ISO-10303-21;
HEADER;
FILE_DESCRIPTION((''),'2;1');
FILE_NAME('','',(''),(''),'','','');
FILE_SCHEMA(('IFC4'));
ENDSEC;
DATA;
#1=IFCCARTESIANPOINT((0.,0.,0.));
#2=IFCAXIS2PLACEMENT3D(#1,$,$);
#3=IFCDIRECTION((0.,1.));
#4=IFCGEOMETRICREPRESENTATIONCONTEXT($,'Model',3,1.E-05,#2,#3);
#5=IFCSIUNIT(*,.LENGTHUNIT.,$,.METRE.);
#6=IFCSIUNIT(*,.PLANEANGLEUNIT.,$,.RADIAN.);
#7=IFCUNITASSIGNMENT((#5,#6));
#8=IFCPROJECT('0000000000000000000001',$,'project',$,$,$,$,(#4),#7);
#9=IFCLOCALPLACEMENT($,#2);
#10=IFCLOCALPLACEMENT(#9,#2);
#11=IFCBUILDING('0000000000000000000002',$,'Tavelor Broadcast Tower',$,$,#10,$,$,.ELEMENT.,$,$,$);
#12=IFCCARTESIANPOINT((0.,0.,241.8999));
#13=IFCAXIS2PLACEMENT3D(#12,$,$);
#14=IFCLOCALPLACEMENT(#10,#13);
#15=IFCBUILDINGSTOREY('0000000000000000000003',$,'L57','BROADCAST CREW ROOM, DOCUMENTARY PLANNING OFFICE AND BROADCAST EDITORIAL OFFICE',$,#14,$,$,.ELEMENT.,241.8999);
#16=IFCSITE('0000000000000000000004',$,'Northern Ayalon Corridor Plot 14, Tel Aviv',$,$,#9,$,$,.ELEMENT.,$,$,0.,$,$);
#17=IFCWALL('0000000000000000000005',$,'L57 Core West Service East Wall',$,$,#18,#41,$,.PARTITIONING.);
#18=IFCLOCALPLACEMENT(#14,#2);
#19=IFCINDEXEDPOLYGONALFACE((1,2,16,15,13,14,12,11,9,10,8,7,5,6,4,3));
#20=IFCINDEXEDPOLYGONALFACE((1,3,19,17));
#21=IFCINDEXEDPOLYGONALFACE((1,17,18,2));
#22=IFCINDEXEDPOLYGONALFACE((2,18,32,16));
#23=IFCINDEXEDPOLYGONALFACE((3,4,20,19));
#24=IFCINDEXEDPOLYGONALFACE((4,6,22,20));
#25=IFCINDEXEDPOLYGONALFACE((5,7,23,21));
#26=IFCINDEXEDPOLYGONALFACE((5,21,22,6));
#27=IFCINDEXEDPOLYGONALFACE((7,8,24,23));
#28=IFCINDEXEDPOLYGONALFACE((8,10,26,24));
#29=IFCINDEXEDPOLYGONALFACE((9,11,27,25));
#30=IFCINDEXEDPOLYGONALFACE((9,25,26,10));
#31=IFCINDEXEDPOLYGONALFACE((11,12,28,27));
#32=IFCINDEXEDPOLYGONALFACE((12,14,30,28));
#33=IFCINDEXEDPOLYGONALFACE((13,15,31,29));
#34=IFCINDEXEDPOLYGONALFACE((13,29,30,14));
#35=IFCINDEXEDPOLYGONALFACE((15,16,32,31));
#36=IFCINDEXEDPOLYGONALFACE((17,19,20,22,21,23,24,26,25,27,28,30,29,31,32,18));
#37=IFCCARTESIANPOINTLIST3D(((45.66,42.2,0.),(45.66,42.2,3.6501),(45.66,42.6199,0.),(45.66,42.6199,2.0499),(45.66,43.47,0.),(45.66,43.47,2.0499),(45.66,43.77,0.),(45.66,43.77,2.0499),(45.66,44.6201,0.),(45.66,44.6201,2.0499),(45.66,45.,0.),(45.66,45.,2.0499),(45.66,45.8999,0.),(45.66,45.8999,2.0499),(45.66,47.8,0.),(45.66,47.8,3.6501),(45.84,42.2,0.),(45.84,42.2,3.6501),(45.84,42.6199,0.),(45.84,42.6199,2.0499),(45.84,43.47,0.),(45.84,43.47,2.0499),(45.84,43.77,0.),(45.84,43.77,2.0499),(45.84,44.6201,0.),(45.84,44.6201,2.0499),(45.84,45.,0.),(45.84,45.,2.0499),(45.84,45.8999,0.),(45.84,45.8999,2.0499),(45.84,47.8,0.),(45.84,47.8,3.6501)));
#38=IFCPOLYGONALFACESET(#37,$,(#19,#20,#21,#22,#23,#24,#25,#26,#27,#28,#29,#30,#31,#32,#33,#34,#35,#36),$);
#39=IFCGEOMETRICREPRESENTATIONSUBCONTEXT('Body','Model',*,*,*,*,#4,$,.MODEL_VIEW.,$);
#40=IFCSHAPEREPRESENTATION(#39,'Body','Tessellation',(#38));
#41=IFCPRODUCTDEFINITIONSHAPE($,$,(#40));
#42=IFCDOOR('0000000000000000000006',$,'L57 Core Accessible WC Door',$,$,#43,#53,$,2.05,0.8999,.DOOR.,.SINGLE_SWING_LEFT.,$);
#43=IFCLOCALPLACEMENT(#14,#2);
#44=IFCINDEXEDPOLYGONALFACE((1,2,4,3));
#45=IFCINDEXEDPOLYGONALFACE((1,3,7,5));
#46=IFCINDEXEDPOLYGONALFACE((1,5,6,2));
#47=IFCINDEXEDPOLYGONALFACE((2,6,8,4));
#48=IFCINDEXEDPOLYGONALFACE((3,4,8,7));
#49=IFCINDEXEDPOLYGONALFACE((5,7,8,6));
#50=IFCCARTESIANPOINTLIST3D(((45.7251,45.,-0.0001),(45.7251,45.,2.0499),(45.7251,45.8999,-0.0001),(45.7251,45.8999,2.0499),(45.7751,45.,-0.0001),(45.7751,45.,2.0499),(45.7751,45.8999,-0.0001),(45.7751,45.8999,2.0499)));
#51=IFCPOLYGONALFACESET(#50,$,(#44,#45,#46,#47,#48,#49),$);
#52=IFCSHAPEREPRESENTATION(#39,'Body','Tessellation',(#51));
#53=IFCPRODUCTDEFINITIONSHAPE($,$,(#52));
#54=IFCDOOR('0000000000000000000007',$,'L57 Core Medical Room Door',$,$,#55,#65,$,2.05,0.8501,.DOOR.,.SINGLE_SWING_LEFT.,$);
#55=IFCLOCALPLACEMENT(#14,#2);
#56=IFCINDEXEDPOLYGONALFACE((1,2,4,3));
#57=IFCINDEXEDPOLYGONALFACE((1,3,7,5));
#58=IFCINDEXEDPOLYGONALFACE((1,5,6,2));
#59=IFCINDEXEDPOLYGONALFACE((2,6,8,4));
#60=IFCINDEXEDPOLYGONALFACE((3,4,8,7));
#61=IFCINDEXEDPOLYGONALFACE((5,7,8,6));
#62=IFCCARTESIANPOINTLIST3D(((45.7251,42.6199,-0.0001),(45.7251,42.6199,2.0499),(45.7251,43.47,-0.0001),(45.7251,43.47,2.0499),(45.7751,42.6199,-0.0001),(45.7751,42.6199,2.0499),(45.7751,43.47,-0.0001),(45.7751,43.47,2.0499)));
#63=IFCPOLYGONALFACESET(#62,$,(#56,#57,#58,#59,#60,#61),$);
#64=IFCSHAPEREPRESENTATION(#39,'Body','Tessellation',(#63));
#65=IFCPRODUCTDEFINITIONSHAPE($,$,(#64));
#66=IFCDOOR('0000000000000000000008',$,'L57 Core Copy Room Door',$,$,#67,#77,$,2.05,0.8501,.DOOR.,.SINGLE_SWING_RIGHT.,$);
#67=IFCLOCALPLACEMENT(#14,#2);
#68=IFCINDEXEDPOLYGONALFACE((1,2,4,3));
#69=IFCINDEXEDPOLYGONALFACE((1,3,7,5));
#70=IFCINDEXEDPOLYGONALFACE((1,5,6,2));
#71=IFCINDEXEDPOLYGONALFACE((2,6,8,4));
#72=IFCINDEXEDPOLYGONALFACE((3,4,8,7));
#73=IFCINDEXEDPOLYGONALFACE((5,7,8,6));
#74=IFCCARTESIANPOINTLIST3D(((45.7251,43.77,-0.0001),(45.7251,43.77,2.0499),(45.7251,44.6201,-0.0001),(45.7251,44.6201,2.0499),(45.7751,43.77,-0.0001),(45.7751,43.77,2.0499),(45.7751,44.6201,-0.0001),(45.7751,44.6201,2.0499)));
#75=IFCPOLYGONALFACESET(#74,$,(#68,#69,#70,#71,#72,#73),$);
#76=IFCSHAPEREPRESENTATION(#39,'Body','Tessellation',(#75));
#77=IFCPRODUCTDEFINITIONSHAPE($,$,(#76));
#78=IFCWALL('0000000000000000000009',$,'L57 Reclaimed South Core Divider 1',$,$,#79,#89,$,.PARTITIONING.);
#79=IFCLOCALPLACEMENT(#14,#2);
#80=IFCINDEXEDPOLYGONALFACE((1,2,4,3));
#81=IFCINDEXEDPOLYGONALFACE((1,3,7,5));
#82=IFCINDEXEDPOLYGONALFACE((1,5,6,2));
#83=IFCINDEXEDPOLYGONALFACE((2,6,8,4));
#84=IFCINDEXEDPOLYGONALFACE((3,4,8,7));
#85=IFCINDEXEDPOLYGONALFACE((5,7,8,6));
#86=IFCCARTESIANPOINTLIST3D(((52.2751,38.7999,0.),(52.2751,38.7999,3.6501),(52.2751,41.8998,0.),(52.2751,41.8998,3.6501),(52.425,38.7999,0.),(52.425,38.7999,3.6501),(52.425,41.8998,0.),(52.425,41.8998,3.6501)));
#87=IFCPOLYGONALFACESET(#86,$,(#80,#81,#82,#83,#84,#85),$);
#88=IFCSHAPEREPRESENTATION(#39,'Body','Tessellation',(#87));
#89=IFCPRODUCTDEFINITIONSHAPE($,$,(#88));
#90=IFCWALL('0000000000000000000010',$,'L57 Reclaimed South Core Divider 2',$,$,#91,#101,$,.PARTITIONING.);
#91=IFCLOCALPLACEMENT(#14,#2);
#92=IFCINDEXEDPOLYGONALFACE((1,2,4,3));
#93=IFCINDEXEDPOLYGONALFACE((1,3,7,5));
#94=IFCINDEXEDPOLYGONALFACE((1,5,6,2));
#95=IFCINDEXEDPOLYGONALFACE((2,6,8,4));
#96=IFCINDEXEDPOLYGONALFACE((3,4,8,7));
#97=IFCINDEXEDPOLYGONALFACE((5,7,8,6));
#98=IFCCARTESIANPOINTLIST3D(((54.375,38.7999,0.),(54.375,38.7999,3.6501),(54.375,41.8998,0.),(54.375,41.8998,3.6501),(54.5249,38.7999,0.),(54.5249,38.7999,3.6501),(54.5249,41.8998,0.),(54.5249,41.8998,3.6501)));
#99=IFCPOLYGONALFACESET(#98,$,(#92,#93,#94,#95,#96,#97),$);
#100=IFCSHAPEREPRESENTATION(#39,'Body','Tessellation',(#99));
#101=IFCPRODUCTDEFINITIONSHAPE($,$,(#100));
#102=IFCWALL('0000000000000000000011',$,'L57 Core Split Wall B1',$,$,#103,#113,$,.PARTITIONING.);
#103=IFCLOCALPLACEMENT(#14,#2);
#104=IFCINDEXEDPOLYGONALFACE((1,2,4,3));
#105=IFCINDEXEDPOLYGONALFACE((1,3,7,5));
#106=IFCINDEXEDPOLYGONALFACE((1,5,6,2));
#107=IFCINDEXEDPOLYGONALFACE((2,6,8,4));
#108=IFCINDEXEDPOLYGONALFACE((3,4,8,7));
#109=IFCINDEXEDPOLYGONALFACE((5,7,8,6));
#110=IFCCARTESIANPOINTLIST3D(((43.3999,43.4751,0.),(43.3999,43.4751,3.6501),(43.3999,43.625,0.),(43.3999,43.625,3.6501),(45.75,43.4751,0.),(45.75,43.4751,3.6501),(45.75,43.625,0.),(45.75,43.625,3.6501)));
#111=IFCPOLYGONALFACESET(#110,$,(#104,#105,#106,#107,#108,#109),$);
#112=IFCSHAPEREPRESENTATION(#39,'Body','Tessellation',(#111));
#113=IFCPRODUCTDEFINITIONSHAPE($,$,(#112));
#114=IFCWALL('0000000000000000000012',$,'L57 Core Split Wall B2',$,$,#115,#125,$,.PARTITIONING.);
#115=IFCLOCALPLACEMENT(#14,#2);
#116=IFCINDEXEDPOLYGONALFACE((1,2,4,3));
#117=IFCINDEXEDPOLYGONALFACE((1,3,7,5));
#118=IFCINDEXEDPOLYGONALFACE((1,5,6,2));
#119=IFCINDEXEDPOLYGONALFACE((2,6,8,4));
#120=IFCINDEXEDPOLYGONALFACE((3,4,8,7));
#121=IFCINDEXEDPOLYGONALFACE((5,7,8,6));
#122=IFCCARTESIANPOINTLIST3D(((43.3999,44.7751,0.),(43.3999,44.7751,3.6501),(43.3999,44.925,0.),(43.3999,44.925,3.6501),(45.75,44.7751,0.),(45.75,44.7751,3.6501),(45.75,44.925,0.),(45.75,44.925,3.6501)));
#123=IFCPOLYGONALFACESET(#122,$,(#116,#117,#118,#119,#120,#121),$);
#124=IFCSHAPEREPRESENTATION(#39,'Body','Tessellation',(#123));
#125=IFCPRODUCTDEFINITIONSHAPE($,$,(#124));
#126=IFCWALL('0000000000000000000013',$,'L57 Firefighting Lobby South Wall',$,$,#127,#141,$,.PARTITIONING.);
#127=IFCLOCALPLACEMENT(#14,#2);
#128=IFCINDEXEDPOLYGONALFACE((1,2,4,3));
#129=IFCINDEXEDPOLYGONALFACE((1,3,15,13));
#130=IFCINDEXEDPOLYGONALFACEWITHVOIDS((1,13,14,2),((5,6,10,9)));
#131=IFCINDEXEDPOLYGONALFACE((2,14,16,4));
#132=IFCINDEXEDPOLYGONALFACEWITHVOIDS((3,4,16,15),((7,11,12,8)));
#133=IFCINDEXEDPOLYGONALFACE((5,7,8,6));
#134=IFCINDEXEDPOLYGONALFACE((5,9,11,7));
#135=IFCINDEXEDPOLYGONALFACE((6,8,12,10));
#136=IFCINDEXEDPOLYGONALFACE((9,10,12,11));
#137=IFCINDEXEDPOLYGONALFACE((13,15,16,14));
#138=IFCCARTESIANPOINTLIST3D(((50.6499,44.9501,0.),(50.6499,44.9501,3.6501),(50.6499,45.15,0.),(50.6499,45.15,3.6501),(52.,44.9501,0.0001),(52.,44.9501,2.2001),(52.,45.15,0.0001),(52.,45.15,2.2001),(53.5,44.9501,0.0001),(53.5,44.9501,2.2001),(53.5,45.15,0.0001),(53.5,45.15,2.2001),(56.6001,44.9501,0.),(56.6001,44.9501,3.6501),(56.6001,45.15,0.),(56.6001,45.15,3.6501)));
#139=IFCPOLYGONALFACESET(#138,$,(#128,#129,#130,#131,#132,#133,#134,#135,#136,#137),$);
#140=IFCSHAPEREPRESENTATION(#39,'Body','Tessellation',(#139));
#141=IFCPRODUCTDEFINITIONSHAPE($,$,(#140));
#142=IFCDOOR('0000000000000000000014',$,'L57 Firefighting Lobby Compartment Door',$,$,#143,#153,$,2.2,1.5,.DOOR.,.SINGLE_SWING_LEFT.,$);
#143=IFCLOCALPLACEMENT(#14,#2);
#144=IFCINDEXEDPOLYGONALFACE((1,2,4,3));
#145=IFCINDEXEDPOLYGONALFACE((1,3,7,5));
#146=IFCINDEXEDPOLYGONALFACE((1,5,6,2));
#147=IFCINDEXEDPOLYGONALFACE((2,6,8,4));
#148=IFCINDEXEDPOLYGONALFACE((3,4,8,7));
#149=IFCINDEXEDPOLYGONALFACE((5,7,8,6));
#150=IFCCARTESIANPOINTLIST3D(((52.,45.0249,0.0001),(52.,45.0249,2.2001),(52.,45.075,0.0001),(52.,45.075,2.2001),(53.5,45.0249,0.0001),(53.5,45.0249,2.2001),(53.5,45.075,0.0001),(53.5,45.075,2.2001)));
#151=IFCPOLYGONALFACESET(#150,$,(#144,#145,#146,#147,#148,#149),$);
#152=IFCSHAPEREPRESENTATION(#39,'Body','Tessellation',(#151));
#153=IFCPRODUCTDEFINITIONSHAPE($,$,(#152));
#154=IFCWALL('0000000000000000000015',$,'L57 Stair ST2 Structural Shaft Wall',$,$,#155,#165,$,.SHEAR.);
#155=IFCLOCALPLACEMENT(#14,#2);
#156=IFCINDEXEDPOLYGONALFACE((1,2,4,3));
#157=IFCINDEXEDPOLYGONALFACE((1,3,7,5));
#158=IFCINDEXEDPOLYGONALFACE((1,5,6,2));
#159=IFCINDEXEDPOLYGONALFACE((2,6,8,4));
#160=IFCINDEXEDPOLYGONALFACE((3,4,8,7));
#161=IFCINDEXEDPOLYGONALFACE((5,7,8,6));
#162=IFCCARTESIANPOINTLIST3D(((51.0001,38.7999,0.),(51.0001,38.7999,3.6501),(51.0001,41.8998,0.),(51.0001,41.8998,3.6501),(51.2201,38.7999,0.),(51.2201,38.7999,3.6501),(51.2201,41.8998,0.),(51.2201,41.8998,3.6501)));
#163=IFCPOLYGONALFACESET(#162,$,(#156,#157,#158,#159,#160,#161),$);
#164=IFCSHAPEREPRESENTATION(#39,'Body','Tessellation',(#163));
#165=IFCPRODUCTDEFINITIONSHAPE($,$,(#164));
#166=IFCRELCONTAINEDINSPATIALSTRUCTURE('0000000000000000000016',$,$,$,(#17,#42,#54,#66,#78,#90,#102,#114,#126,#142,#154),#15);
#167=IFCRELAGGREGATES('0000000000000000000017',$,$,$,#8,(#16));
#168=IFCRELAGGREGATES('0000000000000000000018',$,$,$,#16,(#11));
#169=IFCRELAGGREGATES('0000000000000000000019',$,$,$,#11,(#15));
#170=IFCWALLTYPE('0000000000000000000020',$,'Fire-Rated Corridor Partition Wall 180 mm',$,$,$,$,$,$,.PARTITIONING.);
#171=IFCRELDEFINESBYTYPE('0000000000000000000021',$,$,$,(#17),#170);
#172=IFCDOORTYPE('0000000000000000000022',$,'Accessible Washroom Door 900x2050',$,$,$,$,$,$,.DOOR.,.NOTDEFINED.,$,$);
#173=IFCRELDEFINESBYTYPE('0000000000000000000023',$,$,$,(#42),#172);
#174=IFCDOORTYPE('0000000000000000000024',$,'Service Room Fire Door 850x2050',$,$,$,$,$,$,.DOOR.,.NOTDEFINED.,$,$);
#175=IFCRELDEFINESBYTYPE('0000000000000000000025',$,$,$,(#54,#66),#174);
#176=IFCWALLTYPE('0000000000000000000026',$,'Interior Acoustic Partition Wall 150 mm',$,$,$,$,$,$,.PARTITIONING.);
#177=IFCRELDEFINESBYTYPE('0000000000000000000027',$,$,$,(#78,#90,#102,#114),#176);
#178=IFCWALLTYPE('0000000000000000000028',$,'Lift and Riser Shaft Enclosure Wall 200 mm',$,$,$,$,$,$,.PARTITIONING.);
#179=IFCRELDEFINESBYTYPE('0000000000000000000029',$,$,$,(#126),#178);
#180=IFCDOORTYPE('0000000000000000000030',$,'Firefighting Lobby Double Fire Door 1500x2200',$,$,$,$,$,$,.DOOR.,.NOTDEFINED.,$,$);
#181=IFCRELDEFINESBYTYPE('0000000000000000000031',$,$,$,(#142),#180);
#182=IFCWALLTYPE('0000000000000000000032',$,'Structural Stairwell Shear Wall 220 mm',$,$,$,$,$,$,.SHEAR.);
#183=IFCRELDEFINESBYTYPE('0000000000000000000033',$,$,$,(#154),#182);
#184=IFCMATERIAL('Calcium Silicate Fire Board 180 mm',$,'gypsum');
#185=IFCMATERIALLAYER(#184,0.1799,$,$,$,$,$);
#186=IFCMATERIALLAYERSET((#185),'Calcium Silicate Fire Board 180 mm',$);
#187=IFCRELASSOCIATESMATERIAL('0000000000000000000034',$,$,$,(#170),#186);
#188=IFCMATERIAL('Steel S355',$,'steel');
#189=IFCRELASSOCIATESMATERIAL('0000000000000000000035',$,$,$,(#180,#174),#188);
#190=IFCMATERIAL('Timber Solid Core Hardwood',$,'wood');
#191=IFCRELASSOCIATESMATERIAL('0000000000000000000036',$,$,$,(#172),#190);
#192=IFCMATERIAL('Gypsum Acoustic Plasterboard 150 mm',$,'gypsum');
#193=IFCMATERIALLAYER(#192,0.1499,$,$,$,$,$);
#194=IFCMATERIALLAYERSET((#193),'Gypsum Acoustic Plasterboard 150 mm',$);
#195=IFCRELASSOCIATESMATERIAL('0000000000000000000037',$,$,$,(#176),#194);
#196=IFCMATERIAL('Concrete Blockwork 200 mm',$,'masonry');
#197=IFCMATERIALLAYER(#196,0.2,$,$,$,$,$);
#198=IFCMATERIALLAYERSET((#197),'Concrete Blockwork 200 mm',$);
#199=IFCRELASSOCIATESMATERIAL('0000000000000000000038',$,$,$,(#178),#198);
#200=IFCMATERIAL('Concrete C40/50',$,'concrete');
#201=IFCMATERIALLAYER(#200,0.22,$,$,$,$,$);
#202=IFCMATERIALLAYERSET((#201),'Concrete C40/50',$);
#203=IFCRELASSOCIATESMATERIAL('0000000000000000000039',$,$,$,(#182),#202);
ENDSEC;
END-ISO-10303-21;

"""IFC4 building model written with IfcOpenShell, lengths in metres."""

from ifc_helpers import new_model, si_unit, direction, frame, frame_2d, origin, place, context, subcontext, project, spatial, rectangle, extrude, material, layer, layer_set, type_object, element, fill, save


model = new_model("IFC4")

# Units and contexts
model_context = context("Model", 3, precision=1e-05, world=origin(), true_north=direction((0.0, 1.0)))
body_context = subcontext(model_context, "Body", "Model", "MODEL_VIEW")
ifc_project = project(units=[si_unit("LENGTHUNIT", "METRE"), si_unit("PLANEANGLEUNIT", "RADIAN")], contexts=[model_context])

# Site, building, storey
site_placement = place(None, origin())
site = spatial("IfcSite", under=ifc_project, at=site_placement, Name="Northern Ayalon Corridor Plot 14, Tel Aviv", CompositionType="ELEMENT", RefElevation=0.0)
building_placement = place(site_placement, origin())
building = spatial("IfcBuilding", under=site, at=building_placement, Name="Tavelor Broadcast Tower", CompositionType="ELEMENT")
storey_placement = place(building_placement, frame((0.0, 0.0, 241.8999)))
storey = spatial("IfcBuildingStorey", under=building, at=storey_placement, Name="L57", Description="BROADCAST CREW ROOM, DOCUMENTARY PLANNING OFFICE AND BROADCAST EDITORIAL OFFICE", CompositionType="ELEMENT", Elevation=241.8999)

# Shared definitions
ifc_material_1 = material(Name="Concrete C40/50", Category="concrete")
ifc_material_2 = material(Name="Steel S355", Category="steel")

# Shared definitions
ifc_material_3 = material(Name="Calcium Silicate Fire Board 180 mm", Category="gypsum")
ifc_layer_1 = layer(ifc_material_3, 0.1799)
ifc_layer_set_1 = layer_set([ifc_layer_1], Name="Calcium Silicate Fire Board 180 mm")
wall_type_1 = type_object("IfcWallType", Name="Fire-Rated Corridor Partition Wall 180 mm", PredefinedType="PARTITIONING", material=ifc_layer_set_1)
door_type_1 = type_object("IfcDoorType", Name="Firefighting Lobby Double Fire Door 1500x2200", OperationType="NOTDEFINED", PredefinedType="DOOR", material=ifc_material_2)

# Wall, openings, doors
wall_1_placement = place(storey_placement, frame((45.75, 42.2, 0.0), z_axis=(0.0, 0.0, 1.0), x_axis=(0.0, 1.0, 0.0)))
wall_1 = element("IfcWall", 1, at=wall_1_placement, inside=storey, type_object=wall_type_1, Name="L57 Core West Service East Wall", PredefinedType="PARTITIONING", context=body_context, shape_type="SweptSolid", body=[
    extrude(rectangle(XDim=5.6001, YDim=0.1799, at=frame_2d((2.8, 0.0))), origin(), (0.0, 0.0, 1.0), 3.6501),
])
opening_1_placement = place(wall_1_placement, frame((0.4199, 0.0, 0.0)))
opening_1 = element("IfcOpeningElement", 2, at=opening_1_placement, cuts=wall_1, PredefinedType="OPENING", context=body_context, shape_type="SweptSolid", body=[
    extrude(rectangle(XDim=0.8501, YDim=2.05, at=frame_2d((0.425, 1.0249))), frame((0.0, 0.1001, 0.0), z_axis=(0.0, -1.0, 0.0), x_axis=(1.0, 0.0, 0.0)), (0.0, 0.0, 1.0), 0.2),
])
opening_2_placement = place(wall_1_placement, frame((1.5701, 0.0, 0.0)))
opening_2 = element("IfcOpeningElement", 3, at=opening_2_placement, cuts=wall_1, PredefinedType="OPENING", context=body_context, shape_type="SweptSolid", body=[
    extrude(rectangle(XDim=0.8501, YDim=2.05, at=frame_2d((0.425, 1.0249))), frame((0.0, 0.1001, 0.0), z_axis=(0.0, -1.0, 0.0), x_axis=(1.0, 0.0, 0.0)), (0.0, 0.0, 1.0), 0.2),
])
opening_3_placement = place(wall_1_placement, frame((2.8, 0.0, 0.0)))
opening_3 = element("IfcOpeningElement", 4, at=opening_3_placement, cuts=wall_1, PredefinedType="OPENING", context=body_context, shape_type="SweptSolid", body=[
    extrude(rectangle(XDim=0.8999, YDim=2.05, at=frame_2d((0.45, 1.0249))), frame((0.0, 0.1001, 0.0), z_axis=(0.0, -1.0, 0.0), x_axis=(1.0, 0.0, 0.0)), (0.0, 0.0, 1.0), 0.2),
])
ifc_material_4 = material(Name="Timber Solid Core Hardwood", Category="wood")
door_type_2 = type_object("IfcDoorType", Name="Accessible Washroom Door 900x2050", OperationType="NOTDEFINED", PredefinedType="DOOR", material=ifc_material_4)
door_1_placement = place(opening_3_placement, origin())
door_1 = element("IfcDoor", 5, at=door_1_placement, inside=storey, type_object=door_type_2, Name="L57 Core Accessible WC Door", OperationType="SINGLE_SWING_LEFT", OverallHeight=2.05, OverallWidth=0.8999, PredefinedType="DOOR", context=body_context, shape_type="SweptSolid", body=[
    extrude(rectangle(XDim=0.8999, YDim=2.05, at=frame_2d((0.45, 1.0249))), frame((0.0, 0.0249, 0.0), z_axis=(0.0, -1.0, 0.0), x_axis=(1.0, 0.0, 0.0)), (0.0, 0.0, 1.0), 0.05),
])
fill(opening_3, door_1)
door_type_3 = type_object("IfcDoorType", Name="Service Room Fire Door 850x2050", OperationType="NOTDEFINED", PredefinedType="DOOR", material=ifc_material_2)
door_2_placement = place(opening_1_placement, origin())
door_2 = element("IfcDoor", 6, at=door_2_placement, inside=storey, type_object=door_type_3, Name="L57 Core Medical Room Door", OperationType="SINGLE_SWING_LEFT", OverallHeight=2.05, OverallWidth=0.8501, PredefinedType="DOOR", context=body_context, shape_type="SweptSolid", body=[
    extrude(rectangle(XDim=0.8501, YDim=2.05, at=frame_2d((0.425, 1.0249))), frame((0.0, 0.0249, 0.0), z_axis=(0.0, -1.0, 0.0), x_axis=(1.0, 0.0, 0.0)), (0.0, 0.0, 1.0), 0.05),
])
fill(opening_1, door_2)
door_3_placement = place(opening_2_placement, origin())
door_3 = element("IfcDoor", 7, at=door_3_placement, inside=storey, type_object=door_type_3, Name="L57 Core Copy Room Door", OperationType="SINGLE_SWING_RIGHT", OverallHeight=2.05, OverallWidth=0.8501, PredefinedType="DOOR", context=body_context, shape_type="SweptSolid", body=[
    extrude(rectangle(XDim=0.8501, YDim=2.05, at=frame_2d((0.425, 1.0249))), frame((0.0, 0.0249, 0.0), z_axis=(0.0, -1.0, 0.0), x_axis=(1.0, 0.0, 0.0)), (0.0, 0.0, 1.0), 0.05),
])
fill(opening_2, door_3)

# Walls
ifc_material_5 = material(Name="Gypsum Acoustic Plasterboard 150 mm", Category="gypsum")
ifc_layer_2 = layer(ifc_material_5, 0.1499)
ifc_layer_set_2 = layer_set([ifc_layer_2], Name="Gypsum Acoustic Plasterboard 150 mm")
wall_type_2 = type_object("IfcWallType", Name="Interior Acoustic Partition Wall 150 mm", PredefinedType="PARTITIONING", material=ifc_layer_set_2)
for number, where, z_axis, x_axis, name in (
    (8, (52.3501, 38.8, 0.0), (0.0, 0.0, 1.0), (0.0, 1.0, 0.0), "L57 Reclaimed South Core Divider 1"),
    (9, (54.45, 38.8, 0.0), (0.0, 0.0, 1.0), (0.0, 1.0, 0.0), "L57 Reclaimed South Core Divider 2"),
):
    element("IfcWall", number, at=place(storey_placement, frame(where, z_axis=z_axis, x_axis=x_axis)), inside=storey, type_object=wall_type_2, Name=name, PredefinedType="PARTITIONING", context=body_context, shape_type="SweptSolid", body=[
        extrude(rectangle(XDim=3.0999, YDim=0.1499, at=frame_2d((1.5498, 0.0))), origin(), (0.0, 0.0, 1.0), 3.6501),
    ])
for number, where, z_axis, x_axis, name in (
    (10, (43.3999, 43.55, 0.0), (0.0, 0.0, 1.0), (1.0, 0.0, 0.0), "L57 Core Split Wall B1"),
    (11, (43.3999, 44.8501, 0.0), (0.0, 0.0, 1.0), (1.0, 0.0, 0.0), "L57 Core Split Wall B2"),
):
    element("IfcWall", number, at=place(storey_placement, frame(where, z_axis=z_axis, x_axis=x_axis)), inside=storey, type_object=wall_type_2, Name=name, PredefinedType="PARTITIONING", context=body_context, shape_type="SweptSolid", body=[
        extrude(rectangle(XDim=2.3501, YDim=0.1499, at=frame_2d((1.175, 0.0))), origin(), (0.0, 0.0, 1.0), 3.6501),
    ])

# Wall, opening, door
ifc_material_6 = material(Name="Concrete Blockwork 200 mm", Category="masonry")
ifc_layer_3 = layer(ifc_material_6, 0.2)
ifc_layer_set_3 = layer_set([ifc_layer_3], Name="Concrete Blockwork 200 mm")
wall_type_3 = type_object("IfcWallType", Name="Lift and Riser Shaft Enclosure Wall 200 mm", PredefinedType="PARTITIONING", material=ifc_layer_set_3)
wall_2_placement = place(storey_placement, frame((50.6499, 45.05, 0.0), z_axis=(0.0, 0.0, 1.0), x_axis=(1.0, 0.0, 0.0)))
wall_2 = element("IfcWall", 12, at=wall_2_placement, inside=storey, type_object=wall_type_3, Name="L57 Firefighting Lobby South Wall", PredefinedType="PARTITIONING", context=body_context, shape_type="SweptSolid", body=[
    extrude(rectangle(XDim=5.9502, YDim=0.2, at=frame_2d((2.9751, 0.0))), origin(), (0.0, 0.0, 1.0), 3.6501),
])
opening_4_placement = place(wall_2_placement, frame((1.3501, 0.0, 0.0)))
opening_4 = element("IfcOpeningElement", 13, at=opening_4_placement, cuts=wall_2, PredefinedType="OPENING", context=body_context, shape_type="SweptSolid", body=[
    extrude(rectangle(XDim=1.5, YDim=2.2, at=frame_2d((0.75, 1.1001))), frame((0.0, 0.1099, 0.0), z_axis=(0.0, -1.0, 0.0), x_axis=(1.0, 0.0, 0.0)), (0.0, 0.0, 1.0), 0.22),
])
door_4_placement = place(opening_4_placement, origin())
door_4 = element("IfcDoor", 14, at=door_4_placement, inside=storey, type_object=door_type_1, Name="L57 Firefighting Lobby Compartment Door", OperationType="SINGLE_SWING_LEFT", OverallHeight=2.2, OverallWidth=1.5, PredefinedType="DOOR", context=body_context, shape_type="SweptSolid", body=[
    extrude(rectangle(XDim=1.5, YDim=2.2, at=frame_2d((0.75, 1.1001))), frame((0.0, 0.0249, 0.0), z_axis=(0.0, -1.0, 0.0), x_axis=(1.0, 0.0, 0.0)), (0.0, 0.0, 1.0), 0.05),
])
fill(opening_4, door_4)

# Wall
ifc_layer_4 = layer(ifc_material_1, 0.22)
ifc_layer_set_4 = layer_set([ifc_layer_4], Name="Concrete C40/50")
wall_type_4 = type_object("IfcWallType", Name="Structural Stairwell Shear Wall 220 mm", PredefinedType="SHEAR", material=ifc_layer_set_4)
wall_3_placement = place(storey_placement, frame((51.1101, 38.8, 0.0), z_axis=(0.0, 0.0, 1.0), x_axis=(0.0, 1.0, 0.0)))
element("IfcWall", 15, at=wall_3_placement, inside=storey, type_object=wall_type_4, Name="L57 Stair ST2 Structural Shaft Wall", PredefinedType="SHEAR", context=body_context, shape_type="SweptSolid", body=[
    extrude(rectangle(XDim=3.0999, YDim=0.22, at=frame_2d((1.5498, 0.0))), origin(), (0.0, 0.0, 1.0), 3.6501),
])

save(model, "model.ifc")
